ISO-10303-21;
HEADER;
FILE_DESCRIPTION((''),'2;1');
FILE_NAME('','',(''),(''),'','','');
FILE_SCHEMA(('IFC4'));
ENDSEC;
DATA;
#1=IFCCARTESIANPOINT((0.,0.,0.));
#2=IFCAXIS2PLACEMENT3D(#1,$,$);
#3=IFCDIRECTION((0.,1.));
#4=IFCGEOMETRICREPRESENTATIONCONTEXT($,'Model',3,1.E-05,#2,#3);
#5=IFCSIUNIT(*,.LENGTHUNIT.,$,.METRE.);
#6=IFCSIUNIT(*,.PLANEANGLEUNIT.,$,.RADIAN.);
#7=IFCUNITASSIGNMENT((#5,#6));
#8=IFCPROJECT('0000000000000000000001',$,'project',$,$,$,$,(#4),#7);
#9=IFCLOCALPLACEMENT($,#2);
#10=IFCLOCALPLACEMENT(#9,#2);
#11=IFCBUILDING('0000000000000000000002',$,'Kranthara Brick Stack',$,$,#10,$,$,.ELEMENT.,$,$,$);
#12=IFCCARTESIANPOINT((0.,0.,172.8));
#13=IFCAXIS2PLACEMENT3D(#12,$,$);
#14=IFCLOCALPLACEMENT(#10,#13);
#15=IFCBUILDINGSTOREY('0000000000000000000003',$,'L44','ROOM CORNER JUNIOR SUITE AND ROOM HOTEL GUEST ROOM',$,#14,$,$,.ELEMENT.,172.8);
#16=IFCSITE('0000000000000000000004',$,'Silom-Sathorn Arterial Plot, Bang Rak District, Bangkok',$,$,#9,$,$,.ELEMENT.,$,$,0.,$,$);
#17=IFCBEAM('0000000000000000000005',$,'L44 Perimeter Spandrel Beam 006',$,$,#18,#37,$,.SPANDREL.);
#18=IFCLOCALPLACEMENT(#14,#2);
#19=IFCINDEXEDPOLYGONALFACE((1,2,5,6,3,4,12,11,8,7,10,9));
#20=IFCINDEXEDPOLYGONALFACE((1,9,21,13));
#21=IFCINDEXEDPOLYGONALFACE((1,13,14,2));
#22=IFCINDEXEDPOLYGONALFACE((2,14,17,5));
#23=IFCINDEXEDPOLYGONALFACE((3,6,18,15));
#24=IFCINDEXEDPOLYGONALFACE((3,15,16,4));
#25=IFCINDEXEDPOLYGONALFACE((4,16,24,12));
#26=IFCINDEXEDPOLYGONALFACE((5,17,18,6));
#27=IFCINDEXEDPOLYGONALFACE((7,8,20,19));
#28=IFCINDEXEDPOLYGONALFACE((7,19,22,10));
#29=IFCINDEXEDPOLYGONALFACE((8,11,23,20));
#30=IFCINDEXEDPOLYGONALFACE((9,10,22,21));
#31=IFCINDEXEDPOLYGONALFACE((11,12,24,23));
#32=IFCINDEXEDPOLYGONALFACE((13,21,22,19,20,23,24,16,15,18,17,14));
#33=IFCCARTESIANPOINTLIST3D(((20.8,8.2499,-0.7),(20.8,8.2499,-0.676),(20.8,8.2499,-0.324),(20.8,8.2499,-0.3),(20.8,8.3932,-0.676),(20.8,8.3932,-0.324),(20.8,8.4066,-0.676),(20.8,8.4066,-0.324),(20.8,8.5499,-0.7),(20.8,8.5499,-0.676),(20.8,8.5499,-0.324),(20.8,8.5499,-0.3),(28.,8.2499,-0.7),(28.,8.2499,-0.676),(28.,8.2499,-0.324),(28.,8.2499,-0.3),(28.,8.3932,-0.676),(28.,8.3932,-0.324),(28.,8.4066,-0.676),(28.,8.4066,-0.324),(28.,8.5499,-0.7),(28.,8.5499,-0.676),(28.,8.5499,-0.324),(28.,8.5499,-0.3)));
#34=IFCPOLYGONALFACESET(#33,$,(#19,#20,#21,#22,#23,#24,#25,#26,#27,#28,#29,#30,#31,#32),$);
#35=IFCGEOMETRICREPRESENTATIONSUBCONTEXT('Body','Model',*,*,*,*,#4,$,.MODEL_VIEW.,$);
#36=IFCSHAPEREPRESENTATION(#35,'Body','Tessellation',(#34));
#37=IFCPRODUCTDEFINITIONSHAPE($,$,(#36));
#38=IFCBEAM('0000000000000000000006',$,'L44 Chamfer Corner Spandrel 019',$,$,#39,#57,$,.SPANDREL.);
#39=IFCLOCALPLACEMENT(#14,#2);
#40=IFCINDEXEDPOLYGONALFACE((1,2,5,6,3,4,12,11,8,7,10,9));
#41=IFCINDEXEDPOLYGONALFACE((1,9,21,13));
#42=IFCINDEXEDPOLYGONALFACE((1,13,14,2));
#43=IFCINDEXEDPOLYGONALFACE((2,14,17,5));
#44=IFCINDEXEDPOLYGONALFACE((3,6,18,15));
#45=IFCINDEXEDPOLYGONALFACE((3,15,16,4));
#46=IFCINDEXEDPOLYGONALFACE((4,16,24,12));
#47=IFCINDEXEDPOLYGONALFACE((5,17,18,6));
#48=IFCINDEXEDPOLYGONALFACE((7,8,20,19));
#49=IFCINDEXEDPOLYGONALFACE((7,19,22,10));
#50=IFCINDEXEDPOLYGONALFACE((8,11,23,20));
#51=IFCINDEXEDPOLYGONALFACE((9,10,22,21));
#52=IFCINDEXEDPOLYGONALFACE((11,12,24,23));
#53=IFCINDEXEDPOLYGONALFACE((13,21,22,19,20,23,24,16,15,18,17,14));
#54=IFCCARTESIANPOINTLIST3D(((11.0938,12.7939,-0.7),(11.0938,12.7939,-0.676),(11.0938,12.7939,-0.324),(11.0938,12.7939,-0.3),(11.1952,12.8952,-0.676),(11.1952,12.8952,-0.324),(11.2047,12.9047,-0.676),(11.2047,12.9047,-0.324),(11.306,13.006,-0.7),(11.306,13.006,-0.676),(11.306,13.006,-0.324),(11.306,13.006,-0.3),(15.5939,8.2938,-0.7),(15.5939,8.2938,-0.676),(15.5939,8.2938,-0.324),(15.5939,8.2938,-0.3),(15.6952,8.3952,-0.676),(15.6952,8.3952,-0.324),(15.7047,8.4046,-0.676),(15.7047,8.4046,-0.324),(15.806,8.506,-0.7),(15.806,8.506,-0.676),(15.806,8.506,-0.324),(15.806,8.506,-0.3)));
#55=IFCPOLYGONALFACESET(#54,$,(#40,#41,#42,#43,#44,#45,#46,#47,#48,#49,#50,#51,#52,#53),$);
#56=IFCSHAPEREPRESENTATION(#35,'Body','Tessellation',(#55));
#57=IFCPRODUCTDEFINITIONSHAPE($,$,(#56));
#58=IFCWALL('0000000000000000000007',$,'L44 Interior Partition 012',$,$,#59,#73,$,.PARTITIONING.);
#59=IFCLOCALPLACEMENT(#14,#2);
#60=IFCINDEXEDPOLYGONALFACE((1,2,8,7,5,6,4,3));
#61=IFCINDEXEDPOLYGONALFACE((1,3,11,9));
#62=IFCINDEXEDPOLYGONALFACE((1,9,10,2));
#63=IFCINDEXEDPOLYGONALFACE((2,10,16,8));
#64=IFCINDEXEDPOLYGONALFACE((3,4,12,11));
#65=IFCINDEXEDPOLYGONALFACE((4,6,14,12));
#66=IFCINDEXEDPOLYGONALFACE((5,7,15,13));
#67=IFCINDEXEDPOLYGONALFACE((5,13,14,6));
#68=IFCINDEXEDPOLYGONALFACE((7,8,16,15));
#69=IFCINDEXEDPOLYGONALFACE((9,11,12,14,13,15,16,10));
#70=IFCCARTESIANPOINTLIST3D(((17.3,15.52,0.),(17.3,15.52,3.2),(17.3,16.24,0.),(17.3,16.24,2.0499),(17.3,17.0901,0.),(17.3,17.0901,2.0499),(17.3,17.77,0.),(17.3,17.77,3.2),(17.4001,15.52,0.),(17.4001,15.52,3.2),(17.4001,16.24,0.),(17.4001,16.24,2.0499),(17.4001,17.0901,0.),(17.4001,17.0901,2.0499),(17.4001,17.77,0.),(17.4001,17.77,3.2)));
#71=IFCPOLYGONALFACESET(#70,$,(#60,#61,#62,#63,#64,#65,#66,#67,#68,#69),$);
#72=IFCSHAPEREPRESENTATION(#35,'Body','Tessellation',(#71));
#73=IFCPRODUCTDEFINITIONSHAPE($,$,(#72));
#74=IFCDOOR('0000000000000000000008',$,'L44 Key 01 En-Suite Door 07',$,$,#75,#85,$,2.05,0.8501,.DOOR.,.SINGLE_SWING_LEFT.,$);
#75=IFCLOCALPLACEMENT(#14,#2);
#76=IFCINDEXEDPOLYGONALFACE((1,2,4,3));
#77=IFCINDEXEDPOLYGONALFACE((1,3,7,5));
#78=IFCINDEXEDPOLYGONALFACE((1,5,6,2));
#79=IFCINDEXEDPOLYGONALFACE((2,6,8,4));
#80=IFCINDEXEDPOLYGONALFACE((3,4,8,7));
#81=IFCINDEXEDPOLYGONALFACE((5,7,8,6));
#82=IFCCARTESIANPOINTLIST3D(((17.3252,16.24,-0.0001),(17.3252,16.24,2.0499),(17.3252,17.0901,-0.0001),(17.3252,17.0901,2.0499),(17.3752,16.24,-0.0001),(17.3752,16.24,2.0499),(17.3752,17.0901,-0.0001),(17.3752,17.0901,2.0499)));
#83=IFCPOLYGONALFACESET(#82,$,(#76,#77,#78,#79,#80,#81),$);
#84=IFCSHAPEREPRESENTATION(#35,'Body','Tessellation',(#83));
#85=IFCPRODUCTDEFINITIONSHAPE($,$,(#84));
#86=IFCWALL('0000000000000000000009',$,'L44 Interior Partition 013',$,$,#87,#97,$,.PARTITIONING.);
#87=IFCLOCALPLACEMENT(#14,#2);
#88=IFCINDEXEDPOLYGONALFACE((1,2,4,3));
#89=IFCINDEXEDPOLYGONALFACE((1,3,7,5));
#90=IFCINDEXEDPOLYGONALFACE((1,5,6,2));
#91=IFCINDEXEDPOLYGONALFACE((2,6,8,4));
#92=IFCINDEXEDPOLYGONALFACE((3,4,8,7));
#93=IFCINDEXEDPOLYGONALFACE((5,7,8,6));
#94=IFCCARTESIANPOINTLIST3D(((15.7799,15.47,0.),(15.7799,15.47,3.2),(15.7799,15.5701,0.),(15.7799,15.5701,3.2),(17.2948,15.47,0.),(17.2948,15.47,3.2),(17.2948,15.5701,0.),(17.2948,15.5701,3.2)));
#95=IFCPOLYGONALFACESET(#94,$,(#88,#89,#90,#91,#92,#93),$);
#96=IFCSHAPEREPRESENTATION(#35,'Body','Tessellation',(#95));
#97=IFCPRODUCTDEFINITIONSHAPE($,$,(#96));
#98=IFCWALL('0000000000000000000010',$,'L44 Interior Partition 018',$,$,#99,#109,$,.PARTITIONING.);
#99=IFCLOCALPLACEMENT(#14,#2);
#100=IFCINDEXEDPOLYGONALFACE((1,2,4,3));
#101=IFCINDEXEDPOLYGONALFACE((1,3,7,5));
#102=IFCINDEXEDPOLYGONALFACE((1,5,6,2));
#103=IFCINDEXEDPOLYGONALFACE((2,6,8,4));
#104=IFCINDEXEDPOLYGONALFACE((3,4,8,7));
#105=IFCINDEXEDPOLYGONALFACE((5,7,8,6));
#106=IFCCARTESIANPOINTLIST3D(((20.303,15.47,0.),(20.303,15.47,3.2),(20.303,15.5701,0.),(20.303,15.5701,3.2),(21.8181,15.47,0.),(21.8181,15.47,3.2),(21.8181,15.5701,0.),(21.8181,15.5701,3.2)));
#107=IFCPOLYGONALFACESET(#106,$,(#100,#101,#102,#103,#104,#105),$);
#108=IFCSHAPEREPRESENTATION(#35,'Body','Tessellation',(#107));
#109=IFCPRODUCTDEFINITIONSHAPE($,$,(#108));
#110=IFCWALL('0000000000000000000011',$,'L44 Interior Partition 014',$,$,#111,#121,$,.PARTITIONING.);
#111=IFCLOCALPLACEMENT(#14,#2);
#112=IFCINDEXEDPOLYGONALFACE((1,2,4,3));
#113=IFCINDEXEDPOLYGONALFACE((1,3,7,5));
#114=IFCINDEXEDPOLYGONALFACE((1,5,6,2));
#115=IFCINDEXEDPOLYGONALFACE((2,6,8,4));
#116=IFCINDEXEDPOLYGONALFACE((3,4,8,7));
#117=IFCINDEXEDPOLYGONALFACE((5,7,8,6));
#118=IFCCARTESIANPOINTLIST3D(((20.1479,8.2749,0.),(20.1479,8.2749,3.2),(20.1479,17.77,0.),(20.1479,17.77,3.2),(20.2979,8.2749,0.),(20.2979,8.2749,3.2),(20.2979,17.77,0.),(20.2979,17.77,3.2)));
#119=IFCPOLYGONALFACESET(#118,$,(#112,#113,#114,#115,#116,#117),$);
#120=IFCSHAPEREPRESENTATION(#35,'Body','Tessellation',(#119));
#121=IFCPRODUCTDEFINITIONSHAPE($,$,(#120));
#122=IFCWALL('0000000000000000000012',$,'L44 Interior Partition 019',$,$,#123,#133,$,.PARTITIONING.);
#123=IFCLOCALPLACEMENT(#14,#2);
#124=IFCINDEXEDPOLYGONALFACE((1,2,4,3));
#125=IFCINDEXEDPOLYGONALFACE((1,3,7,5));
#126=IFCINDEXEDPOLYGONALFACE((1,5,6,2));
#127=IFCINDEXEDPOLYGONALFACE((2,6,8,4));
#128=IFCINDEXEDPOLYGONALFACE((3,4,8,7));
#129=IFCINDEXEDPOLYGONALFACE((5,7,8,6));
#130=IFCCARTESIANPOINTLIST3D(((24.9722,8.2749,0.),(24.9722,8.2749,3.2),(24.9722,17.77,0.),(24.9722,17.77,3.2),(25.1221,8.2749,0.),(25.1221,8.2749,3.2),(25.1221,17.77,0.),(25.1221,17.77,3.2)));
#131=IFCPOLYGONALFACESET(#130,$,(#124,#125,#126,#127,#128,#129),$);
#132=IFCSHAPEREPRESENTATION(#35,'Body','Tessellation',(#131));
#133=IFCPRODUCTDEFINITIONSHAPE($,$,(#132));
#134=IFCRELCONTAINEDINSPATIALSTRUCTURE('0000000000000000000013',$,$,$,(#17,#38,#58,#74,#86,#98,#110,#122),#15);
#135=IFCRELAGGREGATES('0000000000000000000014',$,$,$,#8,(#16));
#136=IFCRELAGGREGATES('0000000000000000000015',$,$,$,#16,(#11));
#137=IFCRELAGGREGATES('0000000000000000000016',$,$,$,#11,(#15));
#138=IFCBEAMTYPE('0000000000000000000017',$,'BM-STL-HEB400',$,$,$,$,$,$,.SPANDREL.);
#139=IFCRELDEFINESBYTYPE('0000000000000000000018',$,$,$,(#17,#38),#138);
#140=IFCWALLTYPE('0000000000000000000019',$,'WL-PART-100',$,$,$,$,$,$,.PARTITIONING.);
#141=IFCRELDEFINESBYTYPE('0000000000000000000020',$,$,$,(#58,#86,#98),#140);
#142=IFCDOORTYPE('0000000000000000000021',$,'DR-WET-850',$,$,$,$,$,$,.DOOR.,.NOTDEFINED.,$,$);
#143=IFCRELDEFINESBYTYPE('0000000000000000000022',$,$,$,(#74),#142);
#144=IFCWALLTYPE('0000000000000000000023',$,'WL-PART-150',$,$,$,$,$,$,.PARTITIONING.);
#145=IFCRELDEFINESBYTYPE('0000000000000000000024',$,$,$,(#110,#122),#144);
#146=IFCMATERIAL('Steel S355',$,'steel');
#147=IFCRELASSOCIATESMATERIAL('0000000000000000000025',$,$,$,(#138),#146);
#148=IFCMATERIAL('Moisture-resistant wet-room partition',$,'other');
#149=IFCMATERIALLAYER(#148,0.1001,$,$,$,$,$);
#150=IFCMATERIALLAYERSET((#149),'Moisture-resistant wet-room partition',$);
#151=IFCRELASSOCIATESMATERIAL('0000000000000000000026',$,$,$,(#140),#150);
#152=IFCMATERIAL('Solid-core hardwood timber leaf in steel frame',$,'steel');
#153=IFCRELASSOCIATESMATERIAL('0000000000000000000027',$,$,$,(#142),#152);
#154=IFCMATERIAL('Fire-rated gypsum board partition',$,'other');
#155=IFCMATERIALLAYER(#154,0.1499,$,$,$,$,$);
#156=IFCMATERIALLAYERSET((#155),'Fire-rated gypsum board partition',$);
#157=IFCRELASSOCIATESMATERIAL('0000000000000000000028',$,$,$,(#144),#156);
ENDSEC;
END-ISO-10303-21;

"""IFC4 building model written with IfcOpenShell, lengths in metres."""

from ifc_helpers import new_model, si_unit, direction, frame, frame_2d, origin, origin_2d, place, context, subcontext, project, spatial, rectangle, i_section, extrude, material, layer, layer_set, material_profile, profile_set, type_object, element, fill, save


model = new_model("IFC4")

# Units and contexts
model_context = context("Model", 3, precision=1e-05, world=origin(), true_north=direction((0.0, 1.0)))
body_context = subcontext(model_context, "Body", "Model", "MODEL_VIEW")
ifc_project = project(units=[si_unit("LENGTHUNIT", "METRE"), si_unit("PLANEANGLEUNIT", "RADIAN")], contexts=[model_context])

# Site, building, storey
site_placement = place(None, origin())
site = spatial("IfcSite", under=ifc_project, at=site_placement, Name="Silom-Sathorn Arterial Plot, Bang Rak District, Bangkok", CompositionType="ELEMENT", RefElevation=0.0)
building_placement = place(site_placement, origin())
building = spatial("IfcBuilding", under=site, at=building_placement, Name="Kranthara Brick Stack", CompositionType="ELEMENT")
storey_placement = place(building_placement, frame((0.0, 0.0, 172.8)))
storey = spatial("IfcBuildingStorey", under=building, at=storey_placement, Name="L44", Description="ROOM CORNER JUNIOR SUITE AND ROOM HOTEL GUEST ROOM", CompositionType="ELEMENT", Elevation=172.8)

# Beams
ifc_material_1 = material(Name="Steel S355", Category="steel")
ifc_material_profile_1 = material_profile(ifc_material_1, i_section(OverallWidth=0.3, OverallDepth=0.3999, WebThickness=0.0134, FlangeThickness=0.0239, at=origin_2d()), Name="HEB 400")
ifc_profile_set_1 = profile_set([ifc_material_profile_1], Name="Steel S355")
beam_type_1 = type_object("IfcBeamType", Name="BM-STL-HEB400", PredefinedType="SPANDREL", material=ifc_profile_set_1)
beam_1_placement = place(storey_placement, frame((20.8, 8.3999, -0.5), z_axis=(1.0, 0.0, 0.0), x_axis=(0.0, 1.0, 0.0)))
element("IfcBeam", 1, at=beam_1_placement, inside=storey, type_object=beam_type_1, Name="L44 Perimeter Spandrel Beam 006", PredefinedType="SPANDREL", context=body_context, shape_type="SweptSolid", body=[
    extrude(i_section(OverallWidth=0.3, OverallDepth=0.3999, WebThickness=0.0134, FlangeThickness=0.0239, at=origin_2d()), origin(), (0.0, 0.0, 1.0), 7.2),
])
beam_2_placement = place(storey_placement, frame((15.7, 8.3999, -0.5), z_axis=(-0.707107, 0.707107, 0.0), x_axis=(-0.707107, -0.707107, 0.0)))
element("IfcBeam", 2, at=beam_2_placement, inside=storey, type_object=beam_type_1, Name="L44 Chamfer Corner Spandrel 019", PredefinedType="SPANDREL", context=body_context, shape_type="SweptSolid", body=[
    extrude(i_section(OverallWidth=0.3, OverallDepth=0.3999, WebThickness=0.0134, FlangeThickness=0.0239, at=origin_2d()), origin(), (0.0, 0.0, 1.0), 6.364),
])

# Wall, opening, door
ifc_material_2 = material(Name="Moisture-resistant wet-room partition", Category="other")
ifc_layer_1 = layer(ifc_material_2, 0.1001)
ifc_layer_set_1 = layer_set([ifc_layer_1], Name="Moisture-resistant wet-room partition")
wall_type_1 = type_object("IfcWallType", Name="WL-PART-100", PredefinedType="PARTITIONING", material=ifc_layer_set_1)
wall_1_placement = place(storey_placement, frame((17.3501, 15.52, 0.0), z_axis=(0.0, 0.0, 1.0), x_axis=(0.0, 1.0, 0.0)))
wall_1 = element("IfcWall", 3, at=wall_1_placement, inside=storey, type_object=wall_type_1, Name="L44 Interior Partition 012", PredefinedType="PARTITIONING", context=body_context, shape_type="SweptSolid", body=[
    extrude(rectangle(XDim=2.25, YDim=0.1001, at=frame_2d((1.125, 0.0))), origin(), (0.0, 0.0, 1.0), 3.2),
])
opening_placement = place(wall_1_placement, frame((0.72, 0.0, 0.0)))
opening = element("IfcOpeningElement", 4, at=opening_placement, cuts=wall_1, PredefinedType="OPENING", context=body_context, shape_type="SweptSolid", body=[
    extrude(rectangle(XDim=0.8501, YDim=2.05, at=frame_2d((0.425, 1.0249))), frame((0.0, 0.0601, 0.0), z_axis=(0.0, -1.0, 0.0), x_axis=(1.0, 0.0, 0.0)), (0.0, 0.0, 1.0), 0.1201),
])
ifc_material_3 = material(Name="Solid-core hardwood timber leaf in steel frame", Category="steel")
door_type = type_object("IfcDoorType", Name="DR-WET-850", OperationType="NOTDEFINED", PredefinedType="DOOR", material=ifc_material_3)
door_placement = place(opening_placement, origin())
door = element("IfcDoor", 5, at=door_placement, inside=storey, type_object=door_type, Name="L44 Key 01 En-Suite Door 07", OperationType="SINGLE_SWING_LEFT", OverallHeight=2.05, OverallWidth=0.8501, PredefinedType="DOOR", context=body_context, shape_type="SweptSolid", body=[
    extrude(rectangle(XDim=0.8501, YDim=2.05, at=frame_2d((0.425, 1.0249))), frame((0.0, 0.0249, 0.0), z_axis=(0.0, -1.0, 0.0), x_axis=(1.0, 0.0, 0.0)), (0.0, 0.0, 1.0), 0.05),
])
fill(opening, door)

# Walls
wall_2_placement = place(storey_placement, frame((15.78, 15.52, 0.0), z_axis=(0.0, 0.0, 1.0), x_axis=(1.0, 0.0, 0.0)))
element("IfcWall", 6, at=wall_2_placement, inside=storey, type_object=wall_type_1, Name="L44 Interior Partition 013", PredefinedType="PARTITIONING", context=body_context, shape_type="SweptSolid", body=[
    extrude(rectangle(XDim=1.5149, YDim=0.1001, at=frame_2d((0.7573, 0.0))), origin(), (0.0, 0.0, 1.0), 3.2),
])
wall_3_placement = place(storey_placement, frame((20.303, 15.52, 0.0), z_axis=(0.0, 0.0, 1.0), x_axis=(1.0, 0.0, 0.0)))
element("IfcWall", 7, at=wall_3_placement, inside=storey, type_object=wall_type_1, Name="L44 Interior Partition 018", PredefinedType="PARTITIONING", context=body_context, shape_type="SweptSolid", body=[
    extrude(rectangle(XDim=1.5151, YDim=0.1001, at=frame_2d((0.7576, 0.0))), origin(), (0.0, 0.0, 1.0), 3.2),
])
ifc_material_4 = material(Name="Fire-rated gypsum board partition", Category="other")
ifc_layer_2 = layer(ifc_material_4, 0.1499)
ifc_layer_set_2 = layer_set([ifc_layer_2], Name="Fire-rated gypsum board partition")
wall_type_2 = type_object("IfcWallType", Name="WL-PART-150", PredefinedType="PARTITIONING", material=ifc_layer_set_2)
for number, where, z_axis, x_axis, name in (
    (8, (20.2229, 8.2749, 0.0), (0.0, 0.0, 1.0), (0.0, 1.0, 0.0), "L44 Interior Partition 014"),
    (9, (25.0471, 8.2749, 0.0), (0.0, 0.0, 1.0), (0.0, 1.0, 0.0), "L44 Interior Partition 019"),
):
    element("IfcWall", number, at=place(storey_placement, frame(where, z_axis=z_axis, x_axis=x_axis)), inside=storey, type_object=wall_type_2, Name=name, PredefinedType="PARTITIONING", context=body_context, shape_type="SweptSolid", body=[
        extrude(rectangle(XDim=9.4951, YDim=0.1499, at=frame_2d((4.7476, 0.0))), origin(), (0.0, 0.0, 1.0), 3.2),
    ])

save(model, "model.ifc")
